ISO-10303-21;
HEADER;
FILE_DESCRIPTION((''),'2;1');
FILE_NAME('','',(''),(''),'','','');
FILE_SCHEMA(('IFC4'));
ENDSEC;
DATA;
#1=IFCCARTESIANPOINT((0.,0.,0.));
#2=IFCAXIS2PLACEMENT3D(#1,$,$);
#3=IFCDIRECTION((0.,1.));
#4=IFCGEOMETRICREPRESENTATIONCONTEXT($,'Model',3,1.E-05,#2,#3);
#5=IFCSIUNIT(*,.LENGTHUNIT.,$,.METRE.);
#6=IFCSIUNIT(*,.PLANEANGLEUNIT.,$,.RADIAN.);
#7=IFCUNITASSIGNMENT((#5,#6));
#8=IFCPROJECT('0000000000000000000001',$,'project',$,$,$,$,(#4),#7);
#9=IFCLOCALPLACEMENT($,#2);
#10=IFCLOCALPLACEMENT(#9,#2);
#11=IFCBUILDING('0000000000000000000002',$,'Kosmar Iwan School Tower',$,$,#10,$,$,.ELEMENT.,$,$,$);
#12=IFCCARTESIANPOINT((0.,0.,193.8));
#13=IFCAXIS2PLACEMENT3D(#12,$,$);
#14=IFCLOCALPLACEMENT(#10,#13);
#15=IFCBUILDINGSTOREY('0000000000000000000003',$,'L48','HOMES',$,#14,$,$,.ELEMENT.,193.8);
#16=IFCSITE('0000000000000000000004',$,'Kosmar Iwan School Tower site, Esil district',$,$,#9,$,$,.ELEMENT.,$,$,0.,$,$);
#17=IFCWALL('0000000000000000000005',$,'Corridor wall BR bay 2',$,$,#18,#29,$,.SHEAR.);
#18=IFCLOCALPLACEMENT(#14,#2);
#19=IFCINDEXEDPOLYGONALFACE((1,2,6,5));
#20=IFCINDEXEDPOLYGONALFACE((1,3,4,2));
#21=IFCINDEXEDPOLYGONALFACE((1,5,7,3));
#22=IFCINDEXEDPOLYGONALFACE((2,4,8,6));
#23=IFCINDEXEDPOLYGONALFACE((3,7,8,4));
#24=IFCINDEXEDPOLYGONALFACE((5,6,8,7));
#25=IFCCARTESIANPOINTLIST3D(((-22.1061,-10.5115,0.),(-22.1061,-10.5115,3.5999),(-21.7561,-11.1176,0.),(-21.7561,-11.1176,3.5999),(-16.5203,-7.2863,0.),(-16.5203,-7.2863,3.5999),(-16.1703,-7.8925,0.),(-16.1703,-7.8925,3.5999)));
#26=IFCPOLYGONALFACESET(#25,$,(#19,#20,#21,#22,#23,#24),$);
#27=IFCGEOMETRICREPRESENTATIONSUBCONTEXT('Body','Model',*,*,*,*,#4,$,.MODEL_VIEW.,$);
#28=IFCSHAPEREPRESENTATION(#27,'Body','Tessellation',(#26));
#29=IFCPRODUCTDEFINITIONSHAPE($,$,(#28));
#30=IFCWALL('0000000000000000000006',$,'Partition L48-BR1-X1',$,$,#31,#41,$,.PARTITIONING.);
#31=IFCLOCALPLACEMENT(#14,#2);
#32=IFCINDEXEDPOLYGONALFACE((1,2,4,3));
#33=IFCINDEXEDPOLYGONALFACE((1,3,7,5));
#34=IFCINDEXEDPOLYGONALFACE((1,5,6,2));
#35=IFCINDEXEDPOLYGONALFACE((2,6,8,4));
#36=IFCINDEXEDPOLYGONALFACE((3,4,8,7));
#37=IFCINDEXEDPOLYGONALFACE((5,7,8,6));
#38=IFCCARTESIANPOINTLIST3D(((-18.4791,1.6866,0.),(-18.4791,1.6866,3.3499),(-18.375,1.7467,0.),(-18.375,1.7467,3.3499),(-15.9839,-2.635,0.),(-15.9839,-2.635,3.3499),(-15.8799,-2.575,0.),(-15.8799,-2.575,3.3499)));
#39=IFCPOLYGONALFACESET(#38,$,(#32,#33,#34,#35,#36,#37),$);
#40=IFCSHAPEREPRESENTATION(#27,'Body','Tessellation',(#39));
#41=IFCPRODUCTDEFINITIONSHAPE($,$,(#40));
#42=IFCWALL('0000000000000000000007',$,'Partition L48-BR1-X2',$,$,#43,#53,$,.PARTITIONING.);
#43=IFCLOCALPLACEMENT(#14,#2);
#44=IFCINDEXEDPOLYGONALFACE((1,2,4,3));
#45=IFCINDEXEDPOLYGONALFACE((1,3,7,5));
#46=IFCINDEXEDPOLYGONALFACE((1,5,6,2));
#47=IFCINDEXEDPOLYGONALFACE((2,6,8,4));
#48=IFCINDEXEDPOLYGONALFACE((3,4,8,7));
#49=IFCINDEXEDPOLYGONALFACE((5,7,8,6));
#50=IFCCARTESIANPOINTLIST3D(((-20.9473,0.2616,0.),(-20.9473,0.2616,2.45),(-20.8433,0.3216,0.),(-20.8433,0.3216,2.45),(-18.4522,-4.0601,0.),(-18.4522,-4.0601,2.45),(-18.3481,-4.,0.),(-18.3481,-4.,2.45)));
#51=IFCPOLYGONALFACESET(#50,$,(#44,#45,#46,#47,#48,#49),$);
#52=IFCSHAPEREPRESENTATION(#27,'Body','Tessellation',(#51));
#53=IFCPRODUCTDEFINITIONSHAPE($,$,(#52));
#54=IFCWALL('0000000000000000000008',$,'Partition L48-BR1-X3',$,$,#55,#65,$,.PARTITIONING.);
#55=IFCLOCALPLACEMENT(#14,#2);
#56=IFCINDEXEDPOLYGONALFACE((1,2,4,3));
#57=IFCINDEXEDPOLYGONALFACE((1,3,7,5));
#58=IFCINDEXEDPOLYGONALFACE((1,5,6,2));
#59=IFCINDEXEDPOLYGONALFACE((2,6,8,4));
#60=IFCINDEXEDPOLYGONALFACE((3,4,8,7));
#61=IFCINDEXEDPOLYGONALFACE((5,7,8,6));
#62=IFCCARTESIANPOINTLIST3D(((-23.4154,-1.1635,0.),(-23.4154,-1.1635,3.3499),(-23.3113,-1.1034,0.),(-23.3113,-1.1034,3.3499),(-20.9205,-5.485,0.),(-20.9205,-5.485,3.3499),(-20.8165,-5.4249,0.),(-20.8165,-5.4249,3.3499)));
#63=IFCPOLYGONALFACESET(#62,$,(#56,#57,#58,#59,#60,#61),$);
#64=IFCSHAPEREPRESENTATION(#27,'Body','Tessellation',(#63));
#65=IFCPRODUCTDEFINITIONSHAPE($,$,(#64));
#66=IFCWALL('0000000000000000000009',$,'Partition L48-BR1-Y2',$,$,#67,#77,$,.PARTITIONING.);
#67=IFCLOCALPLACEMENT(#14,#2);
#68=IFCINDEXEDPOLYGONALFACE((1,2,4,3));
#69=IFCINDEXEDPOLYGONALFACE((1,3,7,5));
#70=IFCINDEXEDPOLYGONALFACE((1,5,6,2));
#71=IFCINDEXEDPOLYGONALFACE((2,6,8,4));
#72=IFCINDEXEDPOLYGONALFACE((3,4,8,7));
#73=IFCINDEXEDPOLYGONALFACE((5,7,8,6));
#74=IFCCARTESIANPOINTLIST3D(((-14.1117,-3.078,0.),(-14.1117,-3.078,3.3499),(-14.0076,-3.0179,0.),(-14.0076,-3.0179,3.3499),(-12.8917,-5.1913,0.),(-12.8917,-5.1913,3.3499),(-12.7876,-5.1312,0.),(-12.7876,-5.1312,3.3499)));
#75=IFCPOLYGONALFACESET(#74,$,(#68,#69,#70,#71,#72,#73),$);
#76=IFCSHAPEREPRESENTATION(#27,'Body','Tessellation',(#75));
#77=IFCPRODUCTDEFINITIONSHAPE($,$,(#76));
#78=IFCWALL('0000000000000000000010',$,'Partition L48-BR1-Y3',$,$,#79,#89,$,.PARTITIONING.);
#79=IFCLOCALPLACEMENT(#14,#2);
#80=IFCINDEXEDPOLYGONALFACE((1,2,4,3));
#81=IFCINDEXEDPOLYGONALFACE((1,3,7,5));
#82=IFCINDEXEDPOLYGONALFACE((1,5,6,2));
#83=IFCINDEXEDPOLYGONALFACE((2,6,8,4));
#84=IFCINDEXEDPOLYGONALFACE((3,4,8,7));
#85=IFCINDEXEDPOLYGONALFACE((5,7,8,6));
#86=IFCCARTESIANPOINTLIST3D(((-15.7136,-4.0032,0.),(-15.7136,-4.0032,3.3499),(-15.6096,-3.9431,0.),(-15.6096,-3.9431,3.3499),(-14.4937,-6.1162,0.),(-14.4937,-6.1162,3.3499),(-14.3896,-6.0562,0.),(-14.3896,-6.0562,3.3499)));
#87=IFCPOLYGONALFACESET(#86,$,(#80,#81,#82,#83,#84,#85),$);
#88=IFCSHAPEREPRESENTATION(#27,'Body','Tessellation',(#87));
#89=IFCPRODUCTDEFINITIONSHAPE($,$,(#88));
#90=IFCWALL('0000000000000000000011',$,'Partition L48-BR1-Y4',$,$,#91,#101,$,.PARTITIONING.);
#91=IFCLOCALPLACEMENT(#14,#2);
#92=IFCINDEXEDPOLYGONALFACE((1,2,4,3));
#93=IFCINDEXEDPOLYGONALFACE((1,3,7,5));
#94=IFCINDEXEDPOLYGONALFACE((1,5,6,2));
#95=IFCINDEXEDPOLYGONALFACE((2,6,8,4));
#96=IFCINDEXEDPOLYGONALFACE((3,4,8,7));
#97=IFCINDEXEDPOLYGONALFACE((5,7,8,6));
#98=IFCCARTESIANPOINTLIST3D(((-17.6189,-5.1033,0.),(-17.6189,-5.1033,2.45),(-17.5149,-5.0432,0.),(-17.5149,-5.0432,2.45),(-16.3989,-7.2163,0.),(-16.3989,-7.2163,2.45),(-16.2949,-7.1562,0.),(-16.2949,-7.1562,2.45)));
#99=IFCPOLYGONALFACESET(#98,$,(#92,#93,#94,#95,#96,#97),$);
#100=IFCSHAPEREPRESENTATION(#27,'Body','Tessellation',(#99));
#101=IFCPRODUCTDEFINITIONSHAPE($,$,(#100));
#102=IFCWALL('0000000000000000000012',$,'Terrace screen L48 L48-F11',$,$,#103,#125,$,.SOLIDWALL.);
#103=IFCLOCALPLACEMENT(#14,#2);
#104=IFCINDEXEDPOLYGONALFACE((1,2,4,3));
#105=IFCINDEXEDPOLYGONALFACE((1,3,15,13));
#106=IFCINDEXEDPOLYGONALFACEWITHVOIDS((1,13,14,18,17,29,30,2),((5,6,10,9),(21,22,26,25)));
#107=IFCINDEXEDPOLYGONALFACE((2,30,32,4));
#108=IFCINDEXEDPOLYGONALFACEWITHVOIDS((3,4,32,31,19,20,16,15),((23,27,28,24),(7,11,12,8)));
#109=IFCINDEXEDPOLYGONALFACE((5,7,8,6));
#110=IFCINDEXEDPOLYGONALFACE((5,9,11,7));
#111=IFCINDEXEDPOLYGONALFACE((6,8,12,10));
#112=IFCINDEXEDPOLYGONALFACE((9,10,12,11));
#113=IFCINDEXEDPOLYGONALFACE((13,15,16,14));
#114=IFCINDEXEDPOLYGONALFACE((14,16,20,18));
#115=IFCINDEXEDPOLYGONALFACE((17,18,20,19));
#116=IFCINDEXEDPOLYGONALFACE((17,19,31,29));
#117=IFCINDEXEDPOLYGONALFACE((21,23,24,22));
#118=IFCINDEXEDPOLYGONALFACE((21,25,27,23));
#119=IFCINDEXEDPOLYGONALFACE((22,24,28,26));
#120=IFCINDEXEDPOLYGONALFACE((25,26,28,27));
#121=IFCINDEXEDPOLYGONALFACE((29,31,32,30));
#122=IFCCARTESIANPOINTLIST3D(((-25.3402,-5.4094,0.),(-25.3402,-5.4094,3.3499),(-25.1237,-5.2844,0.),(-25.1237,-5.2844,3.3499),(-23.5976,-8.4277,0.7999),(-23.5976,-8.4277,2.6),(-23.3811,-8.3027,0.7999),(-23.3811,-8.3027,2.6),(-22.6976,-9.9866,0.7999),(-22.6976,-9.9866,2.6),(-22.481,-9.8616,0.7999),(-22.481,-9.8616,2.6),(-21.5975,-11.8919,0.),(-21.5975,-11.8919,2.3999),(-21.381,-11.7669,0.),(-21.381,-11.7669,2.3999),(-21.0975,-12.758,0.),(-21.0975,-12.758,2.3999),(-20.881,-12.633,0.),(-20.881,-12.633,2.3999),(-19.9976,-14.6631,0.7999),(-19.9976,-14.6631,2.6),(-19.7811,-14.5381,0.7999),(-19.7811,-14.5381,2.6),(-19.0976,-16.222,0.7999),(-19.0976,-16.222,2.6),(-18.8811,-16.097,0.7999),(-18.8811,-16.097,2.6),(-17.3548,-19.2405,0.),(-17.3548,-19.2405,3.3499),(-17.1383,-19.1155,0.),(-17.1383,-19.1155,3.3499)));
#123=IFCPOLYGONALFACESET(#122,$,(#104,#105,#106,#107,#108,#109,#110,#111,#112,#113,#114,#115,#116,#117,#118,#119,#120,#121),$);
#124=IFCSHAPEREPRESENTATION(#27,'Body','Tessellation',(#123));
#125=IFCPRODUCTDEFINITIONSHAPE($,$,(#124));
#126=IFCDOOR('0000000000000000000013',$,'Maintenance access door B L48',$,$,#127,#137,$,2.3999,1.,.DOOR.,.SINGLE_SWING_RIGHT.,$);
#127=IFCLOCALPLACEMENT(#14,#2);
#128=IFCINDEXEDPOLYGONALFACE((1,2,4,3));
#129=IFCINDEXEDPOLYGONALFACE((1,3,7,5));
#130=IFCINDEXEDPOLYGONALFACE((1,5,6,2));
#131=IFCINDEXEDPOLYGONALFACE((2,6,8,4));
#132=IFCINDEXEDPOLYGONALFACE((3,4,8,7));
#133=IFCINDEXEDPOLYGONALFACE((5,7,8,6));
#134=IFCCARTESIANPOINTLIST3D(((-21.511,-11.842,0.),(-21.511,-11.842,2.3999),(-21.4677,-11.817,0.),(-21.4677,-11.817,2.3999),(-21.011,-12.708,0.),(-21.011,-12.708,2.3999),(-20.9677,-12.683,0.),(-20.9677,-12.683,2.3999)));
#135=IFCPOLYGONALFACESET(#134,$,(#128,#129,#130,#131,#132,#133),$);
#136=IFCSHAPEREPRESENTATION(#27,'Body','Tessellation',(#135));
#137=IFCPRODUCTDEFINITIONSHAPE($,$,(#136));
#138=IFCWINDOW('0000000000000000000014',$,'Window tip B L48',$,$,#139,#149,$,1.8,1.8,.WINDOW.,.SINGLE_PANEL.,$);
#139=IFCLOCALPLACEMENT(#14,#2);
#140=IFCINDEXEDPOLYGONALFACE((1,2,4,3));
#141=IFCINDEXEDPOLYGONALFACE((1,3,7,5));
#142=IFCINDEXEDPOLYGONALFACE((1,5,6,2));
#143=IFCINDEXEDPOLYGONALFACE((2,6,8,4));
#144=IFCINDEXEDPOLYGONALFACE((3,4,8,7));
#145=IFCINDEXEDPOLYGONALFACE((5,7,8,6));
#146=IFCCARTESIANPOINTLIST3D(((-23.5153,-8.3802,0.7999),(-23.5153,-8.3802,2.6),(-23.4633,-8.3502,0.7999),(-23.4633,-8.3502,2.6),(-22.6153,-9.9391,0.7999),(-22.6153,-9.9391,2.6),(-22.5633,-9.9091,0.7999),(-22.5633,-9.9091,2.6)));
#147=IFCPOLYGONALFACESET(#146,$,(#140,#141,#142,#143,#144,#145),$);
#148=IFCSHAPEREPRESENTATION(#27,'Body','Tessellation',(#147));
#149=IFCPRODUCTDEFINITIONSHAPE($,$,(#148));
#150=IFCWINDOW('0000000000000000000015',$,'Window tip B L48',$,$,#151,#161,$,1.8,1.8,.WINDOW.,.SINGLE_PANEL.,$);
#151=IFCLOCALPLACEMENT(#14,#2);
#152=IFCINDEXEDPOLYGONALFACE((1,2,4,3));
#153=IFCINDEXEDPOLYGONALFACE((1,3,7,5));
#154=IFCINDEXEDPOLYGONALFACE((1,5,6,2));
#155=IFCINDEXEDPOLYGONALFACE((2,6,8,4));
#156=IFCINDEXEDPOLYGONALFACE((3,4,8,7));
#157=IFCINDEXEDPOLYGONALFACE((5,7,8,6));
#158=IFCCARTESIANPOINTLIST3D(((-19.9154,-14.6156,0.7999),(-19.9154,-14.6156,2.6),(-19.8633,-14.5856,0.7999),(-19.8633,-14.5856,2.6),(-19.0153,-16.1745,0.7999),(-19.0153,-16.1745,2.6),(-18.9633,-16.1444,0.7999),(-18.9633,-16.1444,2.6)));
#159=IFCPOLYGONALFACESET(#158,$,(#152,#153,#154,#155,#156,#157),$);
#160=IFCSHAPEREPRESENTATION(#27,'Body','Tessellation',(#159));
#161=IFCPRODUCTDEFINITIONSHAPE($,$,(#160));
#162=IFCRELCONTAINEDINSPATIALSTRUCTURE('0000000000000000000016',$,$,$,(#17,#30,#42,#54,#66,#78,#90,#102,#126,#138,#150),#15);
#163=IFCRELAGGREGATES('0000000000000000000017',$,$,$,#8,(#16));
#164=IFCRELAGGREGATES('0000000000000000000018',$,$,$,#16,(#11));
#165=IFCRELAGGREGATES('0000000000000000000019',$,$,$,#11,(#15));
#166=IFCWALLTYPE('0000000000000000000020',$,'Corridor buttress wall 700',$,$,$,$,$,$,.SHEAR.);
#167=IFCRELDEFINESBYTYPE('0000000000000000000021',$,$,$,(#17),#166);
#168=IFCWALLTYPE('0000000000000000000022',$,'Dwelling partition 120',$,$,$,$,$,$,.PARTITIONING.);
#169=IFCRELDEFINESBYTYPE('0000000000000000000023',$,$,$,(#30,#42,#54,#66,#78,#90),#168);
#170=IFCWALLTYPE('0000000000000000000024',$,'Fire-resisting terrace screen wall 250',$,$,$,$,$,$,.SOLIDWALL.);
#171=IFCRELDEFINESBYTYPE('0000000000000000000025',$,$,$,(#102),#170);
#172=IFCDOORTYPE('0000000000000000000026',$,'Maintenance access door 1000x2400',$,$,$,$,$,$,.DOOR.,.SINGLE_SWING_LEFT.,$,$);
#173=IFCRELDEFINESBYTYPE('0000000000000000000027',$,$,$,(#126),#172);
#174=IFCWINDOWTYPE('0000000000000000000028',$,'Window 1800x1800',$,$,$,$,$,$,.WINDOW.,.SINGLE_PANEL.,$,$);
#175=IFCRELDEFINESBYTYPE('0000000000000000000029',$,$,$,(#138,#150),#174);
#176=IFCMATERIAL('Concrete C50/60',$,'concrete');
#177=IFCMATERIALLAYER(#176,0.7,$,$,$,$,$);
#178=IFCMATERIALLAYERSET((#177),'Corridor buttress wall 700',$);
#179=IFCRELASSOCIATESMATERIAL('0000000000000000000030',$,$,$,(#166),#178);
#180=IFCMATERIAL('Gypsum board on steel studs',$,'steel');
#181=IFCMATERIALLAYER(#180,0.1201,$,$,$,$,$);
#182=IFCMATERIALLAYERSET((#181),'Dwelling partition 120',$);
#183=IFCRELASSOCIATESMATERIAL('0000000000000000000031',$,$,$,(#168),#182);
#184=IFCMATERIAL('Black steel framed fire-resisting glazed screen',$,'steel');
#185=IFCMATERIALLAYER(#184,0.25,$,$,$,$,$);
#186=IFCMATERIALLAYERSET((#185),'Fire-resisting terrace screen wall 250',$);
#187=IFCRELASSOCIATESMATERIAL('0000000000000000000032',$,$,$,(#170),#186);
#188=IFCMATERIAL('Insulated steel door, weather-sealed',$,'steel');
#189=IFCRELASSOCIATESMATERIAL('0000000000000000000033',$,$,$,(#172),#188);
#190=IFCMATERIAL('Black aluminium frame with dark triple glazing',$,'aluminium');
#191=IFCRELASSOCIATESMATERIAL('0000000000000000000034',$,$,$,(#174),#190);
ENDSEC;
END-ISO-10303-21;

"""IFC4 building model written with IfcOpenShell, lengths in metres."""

from ifc_helpers import new_model, si_unit, direction, frame, frame_2d, origin, place, context, subcontext, project, spatial, rectangle, extrude, material, layer, layer_set, type_object, element, fill, save


model = new_model("IFC4")

# Units and contexts
model_context = context("Model", 3, precision=1e-05, world=origin(), true_north=direction((0.0, 1.0)))
body_context = subcontext(model_context, "Body", "Model", "MODEL_VIEW")
ifc_project = project(units=[si_unit("LENGTHUNIT", "METRE"), si_unit("PLANEANGLEUNIT", "RADIAN")], contexts=[model_context])

# Site, building, storey
site_placement = place(None, origin())
site = spatial("IfcSite", under=ifc_project, at=site_placement, Name="Kosmar Iwan School Tower site, Esil district", CompositionType="ELEMENT", RefElevation=0.0)
building_placement = place(site_placement, origin())
building = spatial("IfcBuilding", under=site, at=building_placement, Name="Kosmar Iwan School Tower", CompositionType="ELEMENT")
storey_placement = place(building_placement, frame((0.0, 0.0, 193.8)))
storey = spatial("IfcBuildingStorey", under=building, at=storey_placement, Name="L48", Description="HOMES", CompositionType="ELEMENT", Elevation=193.8)

# Walls
ifc_material_1 = material(Name="Concrete C50/60", Category="concrete")
ifc_layer_1 = layer(ifc_material_1, 0.7)
ifc_layer_set_1 = layer_set([ifc_layer_1], Name="Corridor buttress wall 700")
wall_type_1 = type_object("IfcWallType", Name="Corridor buttress wall 700", PredefinedType="SHEAR", material=ifc_layer_set_1)
wall_1_placement = place(storey_placement, frame((-16.3452, -7.5894, 0.0), z_axis=(0.0, 0.0, 1.0), x_axis=(-0.866012, -0.500023, 0.0)))
element("IfcWall", 1, at=wall_1_placement, inside=storey, type_object=wall_type_1, Name="Corridor wall BR bay 2", PredefinedType="SHEAR", context=body_context, shape_type="SweptSolid", body=[
    extrude(rectangle(XDim=6.45, YDim=0.7, at=frame_2d((3.2251, 0.0))), origin(), (0.0, 0.0, 1.0), 3.5999),
])
ifc_material_2 = material(Name="Gypsum board on steel studs", Category="steel")
ifc_layer_2 = layer(ifc_material_2, 0.1201)
ifc_layer_set_2 = layer_set([ifc_layer_2], Name="Dwelling partition 120")
wall_type_2 = type_object("IfcWallType", Name="Dwelling partition 120", PredefinedType="PARTITIONING", material=ifc_layer_set_2)
wall_2_placement = place(storey_placement, frame((-15.9319, -2.605, 0.0), z_axis=(0.0, 0.0, 1.0), x_axis=(-0.500012, 0.866019, 0.0)))
element("IfcWall", 2, at=wall_2_placement, inside=storey, type_object=wall_type_2, Name="Partition L48-BR1-X1", PredefinedType="PARTITIONING", context=body_context, shape_type="SweptSolid", body=[
    extrude(rectangle(XDim=4.9902, YDim=0.1201, at=frame_2d((2.4951, 0.0))), origin(), (0.0, 0.0, 1.0), 3.3499),
])
wall_3_placement = place(storey_placement, frame((-18.4001, -4.03, 0.0), z_axis=(0.0, 0.0, 1.0), x_axis=(-0.500012, 0.866019, 0.0)))
element("IfcWall", 3, at=wall_3_placement, inside=storey, type_object=wall_type_2, Name="Partition L48-BR1-X2", PredefinedType="PARTITIONING", context=body_context, shape_type="SweptSolid", body=[
    extrude(rectangle(XDim=4.9902, YDim=0.1201, at=frame_2d((2.4951, 0.0))), origin(), (0.0, 0.0, 1.0), 2.45),
])
wall_4_placement = place(storey_placement, frame((-20.8684, -5.4551, 0.0), z_axis=(0.0, 0.0, 1.0), x_axis=(-0.499975, 0.86604, 0.0)))
element("IfcWall", 4, at=wall_4_placement, inside=storey, type_object=wall_type_2, Name="Partition L48-BR1-X3", PredefinedType="PARTITIONING", context=body_context, shape_type="SweptSolid", body=[
    extrude(rectangle(XDim=4.99, YDim=0.1201, at=frame_2d((2.4951, 0.0))), origin(), (0.0, 0.0, 1.0), 3.3499),
])
wall_5_placement = place(storey_placement, frame((-12.8396, -5.1614, 0.0), z_axis=(0.0, 0.0, 1.0), x_axis=(-0.499959, 0.866049, 0.0)))
element("IfcWall", 5, at=wall_5_placement, inside=storey, type_object=wall_type_2, Name="Partition L48-BR1-Y2", PredefinedType="PARTITIONING", context=body_context, shape_type="SweptSolid", body=[
    extrude(rectangle(XDim=2.4402, YDim=0.1201, at=frame_2d((1.2202, 0.0))), origin(), (0.0, 0.0, 1.0), 3.3499),
])
wall_6_placement = place(storey_placement, frame((-14.4417, -6.0862, 0.0), z_axis=(0.0, 0.0, 1.0), x_axis=(-0.500003, 0.866024, 0.0)))
element("IfcWall", 6, at=wall_6_placement, inside=storey, type_object=wall_type_2, Name="Partition L48-BR1-Y3", PredefinedType="PARTITIONING", context=body_context, shape_type="SweptSolid", body=[
    extrude(rectangle(XDim=2.4399, YDim=0.1201, at=frame_2d((1.22, 0.0))), origin(), (0.0, 0.0, 1.0), 3.3499),
])
wall_7_placement = place(storey_placement, frame((-16.3469, -7.1863, 0.0), z_axis=(0.0, 0.0, 1.0), x_axis=(-0.500003, 0.866024, 0.0)))
element("IfcWall", 7, at=wall_7_placement, inside=storey, type_object=wall_type_2, Name="Partition L48-BR1-Y4", PredefinedType="PARTITIONING", context=body_context, shape_type="SweptSolid", body=[
    extrude(rectangle(XDim=2.4399, YDim=0.1201, at=frame_2d((1.22, 0.0))), origin(), (0.0, 0.0, 1.0), 2.45),
])

# Wall, openings, door, windows
ifc_material_3 = material(Name="Black steel framed fire-resisting glazed screen", Category="steel")
ifc_layer_3 = layer(ifc_material_3, 0.25)
ifc_layer_set_3 = layer_set([ifc_layer_3], Name="Fire-resisting terrace screen wall 250")
wall_type_3 = type_object("IfcWallType", Name="Fire-resisting terrace screen wall 250", PredefinedType="SOLIDWALL", material=ifc_layer_set_3)
wall_8_placement = place(storey_placement, frame((-25.2319, -5.3469, 0.0), z_axis=(0.0, 0.0, 1.0), x_axis=(0.499999, -0.866026, 0.0)))
wall_8 = element("IfcWall", 8, at=wall_8_placement, inside=storey, type_object=wall_type_3, Name="Terrace screen L48 L48-F11", PredefinedType="SOLIDWALL", context=body_context, shape_type="SweptSolid", body=[
    extrude(rectangle(XDim=15.9707, YDim=0.25, at=frame_2d((7.9854, 0.0))), origin(), (0.0, 0.0, 1.0), 3.3499),
])
opening_1_placement = place(wall_8_placement, frame((7.4854, 0.0, 0.0)))
opening_1 = element("IfcOpeningElement", 9, at=opening_1_placement, cuts=wall_8, PredefinedType="OPENING", context=body_context, shape_type="SweptSolid", body=[
    extrude(rectangle(XDim=1.0, YDim=2.3999, at=frame_2d((0.5, 1.2))), frame((0.0, 0.137, 0.0), z_axis=(0.0, -1.0, 0.0), x_axis=(1.0, 0.0, 0.0)), (0.0, 0.0, 1.0), 0.2739),
])
opening_2_placement = place(wall_8_placement, frame((3.4854, 0.0, 0.8)))
opening_2 = element("IfcOpeningElement", 10, at=opening_2_placement, cuts=wall_8, PredefinedType="OPENING", context=body_context, shape_type="SweptSolid", body=[
    extrude(rectangle(XDim=1.8, YDim=1.8, at=frame_2d((0.8999, 0.8999))), frame((0.0, 0.137, 0.0), z_axis=(0.0, -1.0, 0.0), x_axis=(1.0, 0.0, 0.0)), (0.0, 0.0, 1.0), 0.2739),
])
opening_3_placement = place(wall_8_placement, frame((10.6853, 0.0, 0.8)))
opening_3 = element("IfcOpeningElement", 11, at=opening_3_placement, cuts=wall_8, PredefinedType="OPENING", context=body_context, shape_type="SweptSolid", body=[
    extrude(rectangle(XDim=1.8, YDim=1.8, at=frame_2d((0.8999, 0.8999))), frame((0.0, 0.137, 0.0), z_axis=(0.0, -1.0, 0.0), x_axis=(1.0, 0.0, 0.0)), (0.0, 0.0, 1.0), 0.2739),
])
ifc_material_4 = material(Name="Insulated steel door, weather-sealed", Category="steel")
door_type = type_object("IfcDoorType", Name="Maintenance access door 1000x2400", OperationType="SINGLE_SWING_LEFT", PredefinedType="DOOR", material=ifc_material_4)
door_placement = place(opening_1_placement, origin())
door = element("IfcDoor", 12, at=door_placement, inside=storey, type_object=door_type, Name="Maintenance access door B L48", OperationType="SINGLE_SWING_RIGHT", OverallHeight=2.3999, OverallWidth=1.0, PredefinedType="DOOR", context=body_context, shape_type="SweptSolid", body=[
    extrude(rectangle(XDim=1.0, YDim=2.3999, at=frame_2d((0.5, 1.2))), frame((0.0, 0.0249, 0.0), z_axis=(0.0, -1.0, 0.0), x_axis=(1.0, 0.0, 0.0)), (0.0, 0.0, 1.0), 0.05),
])
fill(opening_1, door)
ifc_material_5 = material(Name="Black aluminium frame with dark triple glazing", Category="aluminium")
window_type = type_object("IfcWindowType", Name="Window 1800x1800", PartitioningType="SINGLE_PANEL", PredefinedType="WINDOW", material=ifc_material_5)
window_1_placement = place(opening_2_placement, origin())
window_1 = element("IfcWindow", 13, at=window_1_placement, inside=storey, type_object=window_type, Name="Window tip B L48", OverallHeight=1.8, OverallWidth=1.8, PartitioningType="SINGLE_PANEL", PredefinedType="WINDOW", context=body_context, shape_type="SweptSolid", body=[
    extrude(rectangle(XDim=1.8, YDim=1.8, at=frame_2d((0.8999, 0.8999))), frame((0.0, 0.03, 0.0), z_axis=(0.0, -1.0, 0.0), x_axis=(1.0, 0.0, 0.0)), (0.0, 0.0, 1.0), 0.0601),
])
fill(opening_2, window_1)
window_2_placement = place(opening_3_placement, origin())
window_2 = element("IfcWindow", 14, at=window_2_placement, inside=storey, type_object=window_type, Name="Window tip B L48", OverallHeight=1.8, OverallWidth=1.8, PartitioningType="SINGLE_PANEL", PredefinedType="WINDOW", context=body_context, shape_type="SweptSolid", body=[
    extrude(rectangle(XDim=1.8, YDim=1.8, at=frame_2d((0.8999, 0.8999))), frame((0.0, 0.03, 0.0), z_axis=(0.0, -1.0, 0.0), x_axis=(1.0, 0.0, 0.0)), (0.0, 0.0, 1.0), 0.0601),
])
fill(opening_3, window_2)

save(model, "model.ifc")
